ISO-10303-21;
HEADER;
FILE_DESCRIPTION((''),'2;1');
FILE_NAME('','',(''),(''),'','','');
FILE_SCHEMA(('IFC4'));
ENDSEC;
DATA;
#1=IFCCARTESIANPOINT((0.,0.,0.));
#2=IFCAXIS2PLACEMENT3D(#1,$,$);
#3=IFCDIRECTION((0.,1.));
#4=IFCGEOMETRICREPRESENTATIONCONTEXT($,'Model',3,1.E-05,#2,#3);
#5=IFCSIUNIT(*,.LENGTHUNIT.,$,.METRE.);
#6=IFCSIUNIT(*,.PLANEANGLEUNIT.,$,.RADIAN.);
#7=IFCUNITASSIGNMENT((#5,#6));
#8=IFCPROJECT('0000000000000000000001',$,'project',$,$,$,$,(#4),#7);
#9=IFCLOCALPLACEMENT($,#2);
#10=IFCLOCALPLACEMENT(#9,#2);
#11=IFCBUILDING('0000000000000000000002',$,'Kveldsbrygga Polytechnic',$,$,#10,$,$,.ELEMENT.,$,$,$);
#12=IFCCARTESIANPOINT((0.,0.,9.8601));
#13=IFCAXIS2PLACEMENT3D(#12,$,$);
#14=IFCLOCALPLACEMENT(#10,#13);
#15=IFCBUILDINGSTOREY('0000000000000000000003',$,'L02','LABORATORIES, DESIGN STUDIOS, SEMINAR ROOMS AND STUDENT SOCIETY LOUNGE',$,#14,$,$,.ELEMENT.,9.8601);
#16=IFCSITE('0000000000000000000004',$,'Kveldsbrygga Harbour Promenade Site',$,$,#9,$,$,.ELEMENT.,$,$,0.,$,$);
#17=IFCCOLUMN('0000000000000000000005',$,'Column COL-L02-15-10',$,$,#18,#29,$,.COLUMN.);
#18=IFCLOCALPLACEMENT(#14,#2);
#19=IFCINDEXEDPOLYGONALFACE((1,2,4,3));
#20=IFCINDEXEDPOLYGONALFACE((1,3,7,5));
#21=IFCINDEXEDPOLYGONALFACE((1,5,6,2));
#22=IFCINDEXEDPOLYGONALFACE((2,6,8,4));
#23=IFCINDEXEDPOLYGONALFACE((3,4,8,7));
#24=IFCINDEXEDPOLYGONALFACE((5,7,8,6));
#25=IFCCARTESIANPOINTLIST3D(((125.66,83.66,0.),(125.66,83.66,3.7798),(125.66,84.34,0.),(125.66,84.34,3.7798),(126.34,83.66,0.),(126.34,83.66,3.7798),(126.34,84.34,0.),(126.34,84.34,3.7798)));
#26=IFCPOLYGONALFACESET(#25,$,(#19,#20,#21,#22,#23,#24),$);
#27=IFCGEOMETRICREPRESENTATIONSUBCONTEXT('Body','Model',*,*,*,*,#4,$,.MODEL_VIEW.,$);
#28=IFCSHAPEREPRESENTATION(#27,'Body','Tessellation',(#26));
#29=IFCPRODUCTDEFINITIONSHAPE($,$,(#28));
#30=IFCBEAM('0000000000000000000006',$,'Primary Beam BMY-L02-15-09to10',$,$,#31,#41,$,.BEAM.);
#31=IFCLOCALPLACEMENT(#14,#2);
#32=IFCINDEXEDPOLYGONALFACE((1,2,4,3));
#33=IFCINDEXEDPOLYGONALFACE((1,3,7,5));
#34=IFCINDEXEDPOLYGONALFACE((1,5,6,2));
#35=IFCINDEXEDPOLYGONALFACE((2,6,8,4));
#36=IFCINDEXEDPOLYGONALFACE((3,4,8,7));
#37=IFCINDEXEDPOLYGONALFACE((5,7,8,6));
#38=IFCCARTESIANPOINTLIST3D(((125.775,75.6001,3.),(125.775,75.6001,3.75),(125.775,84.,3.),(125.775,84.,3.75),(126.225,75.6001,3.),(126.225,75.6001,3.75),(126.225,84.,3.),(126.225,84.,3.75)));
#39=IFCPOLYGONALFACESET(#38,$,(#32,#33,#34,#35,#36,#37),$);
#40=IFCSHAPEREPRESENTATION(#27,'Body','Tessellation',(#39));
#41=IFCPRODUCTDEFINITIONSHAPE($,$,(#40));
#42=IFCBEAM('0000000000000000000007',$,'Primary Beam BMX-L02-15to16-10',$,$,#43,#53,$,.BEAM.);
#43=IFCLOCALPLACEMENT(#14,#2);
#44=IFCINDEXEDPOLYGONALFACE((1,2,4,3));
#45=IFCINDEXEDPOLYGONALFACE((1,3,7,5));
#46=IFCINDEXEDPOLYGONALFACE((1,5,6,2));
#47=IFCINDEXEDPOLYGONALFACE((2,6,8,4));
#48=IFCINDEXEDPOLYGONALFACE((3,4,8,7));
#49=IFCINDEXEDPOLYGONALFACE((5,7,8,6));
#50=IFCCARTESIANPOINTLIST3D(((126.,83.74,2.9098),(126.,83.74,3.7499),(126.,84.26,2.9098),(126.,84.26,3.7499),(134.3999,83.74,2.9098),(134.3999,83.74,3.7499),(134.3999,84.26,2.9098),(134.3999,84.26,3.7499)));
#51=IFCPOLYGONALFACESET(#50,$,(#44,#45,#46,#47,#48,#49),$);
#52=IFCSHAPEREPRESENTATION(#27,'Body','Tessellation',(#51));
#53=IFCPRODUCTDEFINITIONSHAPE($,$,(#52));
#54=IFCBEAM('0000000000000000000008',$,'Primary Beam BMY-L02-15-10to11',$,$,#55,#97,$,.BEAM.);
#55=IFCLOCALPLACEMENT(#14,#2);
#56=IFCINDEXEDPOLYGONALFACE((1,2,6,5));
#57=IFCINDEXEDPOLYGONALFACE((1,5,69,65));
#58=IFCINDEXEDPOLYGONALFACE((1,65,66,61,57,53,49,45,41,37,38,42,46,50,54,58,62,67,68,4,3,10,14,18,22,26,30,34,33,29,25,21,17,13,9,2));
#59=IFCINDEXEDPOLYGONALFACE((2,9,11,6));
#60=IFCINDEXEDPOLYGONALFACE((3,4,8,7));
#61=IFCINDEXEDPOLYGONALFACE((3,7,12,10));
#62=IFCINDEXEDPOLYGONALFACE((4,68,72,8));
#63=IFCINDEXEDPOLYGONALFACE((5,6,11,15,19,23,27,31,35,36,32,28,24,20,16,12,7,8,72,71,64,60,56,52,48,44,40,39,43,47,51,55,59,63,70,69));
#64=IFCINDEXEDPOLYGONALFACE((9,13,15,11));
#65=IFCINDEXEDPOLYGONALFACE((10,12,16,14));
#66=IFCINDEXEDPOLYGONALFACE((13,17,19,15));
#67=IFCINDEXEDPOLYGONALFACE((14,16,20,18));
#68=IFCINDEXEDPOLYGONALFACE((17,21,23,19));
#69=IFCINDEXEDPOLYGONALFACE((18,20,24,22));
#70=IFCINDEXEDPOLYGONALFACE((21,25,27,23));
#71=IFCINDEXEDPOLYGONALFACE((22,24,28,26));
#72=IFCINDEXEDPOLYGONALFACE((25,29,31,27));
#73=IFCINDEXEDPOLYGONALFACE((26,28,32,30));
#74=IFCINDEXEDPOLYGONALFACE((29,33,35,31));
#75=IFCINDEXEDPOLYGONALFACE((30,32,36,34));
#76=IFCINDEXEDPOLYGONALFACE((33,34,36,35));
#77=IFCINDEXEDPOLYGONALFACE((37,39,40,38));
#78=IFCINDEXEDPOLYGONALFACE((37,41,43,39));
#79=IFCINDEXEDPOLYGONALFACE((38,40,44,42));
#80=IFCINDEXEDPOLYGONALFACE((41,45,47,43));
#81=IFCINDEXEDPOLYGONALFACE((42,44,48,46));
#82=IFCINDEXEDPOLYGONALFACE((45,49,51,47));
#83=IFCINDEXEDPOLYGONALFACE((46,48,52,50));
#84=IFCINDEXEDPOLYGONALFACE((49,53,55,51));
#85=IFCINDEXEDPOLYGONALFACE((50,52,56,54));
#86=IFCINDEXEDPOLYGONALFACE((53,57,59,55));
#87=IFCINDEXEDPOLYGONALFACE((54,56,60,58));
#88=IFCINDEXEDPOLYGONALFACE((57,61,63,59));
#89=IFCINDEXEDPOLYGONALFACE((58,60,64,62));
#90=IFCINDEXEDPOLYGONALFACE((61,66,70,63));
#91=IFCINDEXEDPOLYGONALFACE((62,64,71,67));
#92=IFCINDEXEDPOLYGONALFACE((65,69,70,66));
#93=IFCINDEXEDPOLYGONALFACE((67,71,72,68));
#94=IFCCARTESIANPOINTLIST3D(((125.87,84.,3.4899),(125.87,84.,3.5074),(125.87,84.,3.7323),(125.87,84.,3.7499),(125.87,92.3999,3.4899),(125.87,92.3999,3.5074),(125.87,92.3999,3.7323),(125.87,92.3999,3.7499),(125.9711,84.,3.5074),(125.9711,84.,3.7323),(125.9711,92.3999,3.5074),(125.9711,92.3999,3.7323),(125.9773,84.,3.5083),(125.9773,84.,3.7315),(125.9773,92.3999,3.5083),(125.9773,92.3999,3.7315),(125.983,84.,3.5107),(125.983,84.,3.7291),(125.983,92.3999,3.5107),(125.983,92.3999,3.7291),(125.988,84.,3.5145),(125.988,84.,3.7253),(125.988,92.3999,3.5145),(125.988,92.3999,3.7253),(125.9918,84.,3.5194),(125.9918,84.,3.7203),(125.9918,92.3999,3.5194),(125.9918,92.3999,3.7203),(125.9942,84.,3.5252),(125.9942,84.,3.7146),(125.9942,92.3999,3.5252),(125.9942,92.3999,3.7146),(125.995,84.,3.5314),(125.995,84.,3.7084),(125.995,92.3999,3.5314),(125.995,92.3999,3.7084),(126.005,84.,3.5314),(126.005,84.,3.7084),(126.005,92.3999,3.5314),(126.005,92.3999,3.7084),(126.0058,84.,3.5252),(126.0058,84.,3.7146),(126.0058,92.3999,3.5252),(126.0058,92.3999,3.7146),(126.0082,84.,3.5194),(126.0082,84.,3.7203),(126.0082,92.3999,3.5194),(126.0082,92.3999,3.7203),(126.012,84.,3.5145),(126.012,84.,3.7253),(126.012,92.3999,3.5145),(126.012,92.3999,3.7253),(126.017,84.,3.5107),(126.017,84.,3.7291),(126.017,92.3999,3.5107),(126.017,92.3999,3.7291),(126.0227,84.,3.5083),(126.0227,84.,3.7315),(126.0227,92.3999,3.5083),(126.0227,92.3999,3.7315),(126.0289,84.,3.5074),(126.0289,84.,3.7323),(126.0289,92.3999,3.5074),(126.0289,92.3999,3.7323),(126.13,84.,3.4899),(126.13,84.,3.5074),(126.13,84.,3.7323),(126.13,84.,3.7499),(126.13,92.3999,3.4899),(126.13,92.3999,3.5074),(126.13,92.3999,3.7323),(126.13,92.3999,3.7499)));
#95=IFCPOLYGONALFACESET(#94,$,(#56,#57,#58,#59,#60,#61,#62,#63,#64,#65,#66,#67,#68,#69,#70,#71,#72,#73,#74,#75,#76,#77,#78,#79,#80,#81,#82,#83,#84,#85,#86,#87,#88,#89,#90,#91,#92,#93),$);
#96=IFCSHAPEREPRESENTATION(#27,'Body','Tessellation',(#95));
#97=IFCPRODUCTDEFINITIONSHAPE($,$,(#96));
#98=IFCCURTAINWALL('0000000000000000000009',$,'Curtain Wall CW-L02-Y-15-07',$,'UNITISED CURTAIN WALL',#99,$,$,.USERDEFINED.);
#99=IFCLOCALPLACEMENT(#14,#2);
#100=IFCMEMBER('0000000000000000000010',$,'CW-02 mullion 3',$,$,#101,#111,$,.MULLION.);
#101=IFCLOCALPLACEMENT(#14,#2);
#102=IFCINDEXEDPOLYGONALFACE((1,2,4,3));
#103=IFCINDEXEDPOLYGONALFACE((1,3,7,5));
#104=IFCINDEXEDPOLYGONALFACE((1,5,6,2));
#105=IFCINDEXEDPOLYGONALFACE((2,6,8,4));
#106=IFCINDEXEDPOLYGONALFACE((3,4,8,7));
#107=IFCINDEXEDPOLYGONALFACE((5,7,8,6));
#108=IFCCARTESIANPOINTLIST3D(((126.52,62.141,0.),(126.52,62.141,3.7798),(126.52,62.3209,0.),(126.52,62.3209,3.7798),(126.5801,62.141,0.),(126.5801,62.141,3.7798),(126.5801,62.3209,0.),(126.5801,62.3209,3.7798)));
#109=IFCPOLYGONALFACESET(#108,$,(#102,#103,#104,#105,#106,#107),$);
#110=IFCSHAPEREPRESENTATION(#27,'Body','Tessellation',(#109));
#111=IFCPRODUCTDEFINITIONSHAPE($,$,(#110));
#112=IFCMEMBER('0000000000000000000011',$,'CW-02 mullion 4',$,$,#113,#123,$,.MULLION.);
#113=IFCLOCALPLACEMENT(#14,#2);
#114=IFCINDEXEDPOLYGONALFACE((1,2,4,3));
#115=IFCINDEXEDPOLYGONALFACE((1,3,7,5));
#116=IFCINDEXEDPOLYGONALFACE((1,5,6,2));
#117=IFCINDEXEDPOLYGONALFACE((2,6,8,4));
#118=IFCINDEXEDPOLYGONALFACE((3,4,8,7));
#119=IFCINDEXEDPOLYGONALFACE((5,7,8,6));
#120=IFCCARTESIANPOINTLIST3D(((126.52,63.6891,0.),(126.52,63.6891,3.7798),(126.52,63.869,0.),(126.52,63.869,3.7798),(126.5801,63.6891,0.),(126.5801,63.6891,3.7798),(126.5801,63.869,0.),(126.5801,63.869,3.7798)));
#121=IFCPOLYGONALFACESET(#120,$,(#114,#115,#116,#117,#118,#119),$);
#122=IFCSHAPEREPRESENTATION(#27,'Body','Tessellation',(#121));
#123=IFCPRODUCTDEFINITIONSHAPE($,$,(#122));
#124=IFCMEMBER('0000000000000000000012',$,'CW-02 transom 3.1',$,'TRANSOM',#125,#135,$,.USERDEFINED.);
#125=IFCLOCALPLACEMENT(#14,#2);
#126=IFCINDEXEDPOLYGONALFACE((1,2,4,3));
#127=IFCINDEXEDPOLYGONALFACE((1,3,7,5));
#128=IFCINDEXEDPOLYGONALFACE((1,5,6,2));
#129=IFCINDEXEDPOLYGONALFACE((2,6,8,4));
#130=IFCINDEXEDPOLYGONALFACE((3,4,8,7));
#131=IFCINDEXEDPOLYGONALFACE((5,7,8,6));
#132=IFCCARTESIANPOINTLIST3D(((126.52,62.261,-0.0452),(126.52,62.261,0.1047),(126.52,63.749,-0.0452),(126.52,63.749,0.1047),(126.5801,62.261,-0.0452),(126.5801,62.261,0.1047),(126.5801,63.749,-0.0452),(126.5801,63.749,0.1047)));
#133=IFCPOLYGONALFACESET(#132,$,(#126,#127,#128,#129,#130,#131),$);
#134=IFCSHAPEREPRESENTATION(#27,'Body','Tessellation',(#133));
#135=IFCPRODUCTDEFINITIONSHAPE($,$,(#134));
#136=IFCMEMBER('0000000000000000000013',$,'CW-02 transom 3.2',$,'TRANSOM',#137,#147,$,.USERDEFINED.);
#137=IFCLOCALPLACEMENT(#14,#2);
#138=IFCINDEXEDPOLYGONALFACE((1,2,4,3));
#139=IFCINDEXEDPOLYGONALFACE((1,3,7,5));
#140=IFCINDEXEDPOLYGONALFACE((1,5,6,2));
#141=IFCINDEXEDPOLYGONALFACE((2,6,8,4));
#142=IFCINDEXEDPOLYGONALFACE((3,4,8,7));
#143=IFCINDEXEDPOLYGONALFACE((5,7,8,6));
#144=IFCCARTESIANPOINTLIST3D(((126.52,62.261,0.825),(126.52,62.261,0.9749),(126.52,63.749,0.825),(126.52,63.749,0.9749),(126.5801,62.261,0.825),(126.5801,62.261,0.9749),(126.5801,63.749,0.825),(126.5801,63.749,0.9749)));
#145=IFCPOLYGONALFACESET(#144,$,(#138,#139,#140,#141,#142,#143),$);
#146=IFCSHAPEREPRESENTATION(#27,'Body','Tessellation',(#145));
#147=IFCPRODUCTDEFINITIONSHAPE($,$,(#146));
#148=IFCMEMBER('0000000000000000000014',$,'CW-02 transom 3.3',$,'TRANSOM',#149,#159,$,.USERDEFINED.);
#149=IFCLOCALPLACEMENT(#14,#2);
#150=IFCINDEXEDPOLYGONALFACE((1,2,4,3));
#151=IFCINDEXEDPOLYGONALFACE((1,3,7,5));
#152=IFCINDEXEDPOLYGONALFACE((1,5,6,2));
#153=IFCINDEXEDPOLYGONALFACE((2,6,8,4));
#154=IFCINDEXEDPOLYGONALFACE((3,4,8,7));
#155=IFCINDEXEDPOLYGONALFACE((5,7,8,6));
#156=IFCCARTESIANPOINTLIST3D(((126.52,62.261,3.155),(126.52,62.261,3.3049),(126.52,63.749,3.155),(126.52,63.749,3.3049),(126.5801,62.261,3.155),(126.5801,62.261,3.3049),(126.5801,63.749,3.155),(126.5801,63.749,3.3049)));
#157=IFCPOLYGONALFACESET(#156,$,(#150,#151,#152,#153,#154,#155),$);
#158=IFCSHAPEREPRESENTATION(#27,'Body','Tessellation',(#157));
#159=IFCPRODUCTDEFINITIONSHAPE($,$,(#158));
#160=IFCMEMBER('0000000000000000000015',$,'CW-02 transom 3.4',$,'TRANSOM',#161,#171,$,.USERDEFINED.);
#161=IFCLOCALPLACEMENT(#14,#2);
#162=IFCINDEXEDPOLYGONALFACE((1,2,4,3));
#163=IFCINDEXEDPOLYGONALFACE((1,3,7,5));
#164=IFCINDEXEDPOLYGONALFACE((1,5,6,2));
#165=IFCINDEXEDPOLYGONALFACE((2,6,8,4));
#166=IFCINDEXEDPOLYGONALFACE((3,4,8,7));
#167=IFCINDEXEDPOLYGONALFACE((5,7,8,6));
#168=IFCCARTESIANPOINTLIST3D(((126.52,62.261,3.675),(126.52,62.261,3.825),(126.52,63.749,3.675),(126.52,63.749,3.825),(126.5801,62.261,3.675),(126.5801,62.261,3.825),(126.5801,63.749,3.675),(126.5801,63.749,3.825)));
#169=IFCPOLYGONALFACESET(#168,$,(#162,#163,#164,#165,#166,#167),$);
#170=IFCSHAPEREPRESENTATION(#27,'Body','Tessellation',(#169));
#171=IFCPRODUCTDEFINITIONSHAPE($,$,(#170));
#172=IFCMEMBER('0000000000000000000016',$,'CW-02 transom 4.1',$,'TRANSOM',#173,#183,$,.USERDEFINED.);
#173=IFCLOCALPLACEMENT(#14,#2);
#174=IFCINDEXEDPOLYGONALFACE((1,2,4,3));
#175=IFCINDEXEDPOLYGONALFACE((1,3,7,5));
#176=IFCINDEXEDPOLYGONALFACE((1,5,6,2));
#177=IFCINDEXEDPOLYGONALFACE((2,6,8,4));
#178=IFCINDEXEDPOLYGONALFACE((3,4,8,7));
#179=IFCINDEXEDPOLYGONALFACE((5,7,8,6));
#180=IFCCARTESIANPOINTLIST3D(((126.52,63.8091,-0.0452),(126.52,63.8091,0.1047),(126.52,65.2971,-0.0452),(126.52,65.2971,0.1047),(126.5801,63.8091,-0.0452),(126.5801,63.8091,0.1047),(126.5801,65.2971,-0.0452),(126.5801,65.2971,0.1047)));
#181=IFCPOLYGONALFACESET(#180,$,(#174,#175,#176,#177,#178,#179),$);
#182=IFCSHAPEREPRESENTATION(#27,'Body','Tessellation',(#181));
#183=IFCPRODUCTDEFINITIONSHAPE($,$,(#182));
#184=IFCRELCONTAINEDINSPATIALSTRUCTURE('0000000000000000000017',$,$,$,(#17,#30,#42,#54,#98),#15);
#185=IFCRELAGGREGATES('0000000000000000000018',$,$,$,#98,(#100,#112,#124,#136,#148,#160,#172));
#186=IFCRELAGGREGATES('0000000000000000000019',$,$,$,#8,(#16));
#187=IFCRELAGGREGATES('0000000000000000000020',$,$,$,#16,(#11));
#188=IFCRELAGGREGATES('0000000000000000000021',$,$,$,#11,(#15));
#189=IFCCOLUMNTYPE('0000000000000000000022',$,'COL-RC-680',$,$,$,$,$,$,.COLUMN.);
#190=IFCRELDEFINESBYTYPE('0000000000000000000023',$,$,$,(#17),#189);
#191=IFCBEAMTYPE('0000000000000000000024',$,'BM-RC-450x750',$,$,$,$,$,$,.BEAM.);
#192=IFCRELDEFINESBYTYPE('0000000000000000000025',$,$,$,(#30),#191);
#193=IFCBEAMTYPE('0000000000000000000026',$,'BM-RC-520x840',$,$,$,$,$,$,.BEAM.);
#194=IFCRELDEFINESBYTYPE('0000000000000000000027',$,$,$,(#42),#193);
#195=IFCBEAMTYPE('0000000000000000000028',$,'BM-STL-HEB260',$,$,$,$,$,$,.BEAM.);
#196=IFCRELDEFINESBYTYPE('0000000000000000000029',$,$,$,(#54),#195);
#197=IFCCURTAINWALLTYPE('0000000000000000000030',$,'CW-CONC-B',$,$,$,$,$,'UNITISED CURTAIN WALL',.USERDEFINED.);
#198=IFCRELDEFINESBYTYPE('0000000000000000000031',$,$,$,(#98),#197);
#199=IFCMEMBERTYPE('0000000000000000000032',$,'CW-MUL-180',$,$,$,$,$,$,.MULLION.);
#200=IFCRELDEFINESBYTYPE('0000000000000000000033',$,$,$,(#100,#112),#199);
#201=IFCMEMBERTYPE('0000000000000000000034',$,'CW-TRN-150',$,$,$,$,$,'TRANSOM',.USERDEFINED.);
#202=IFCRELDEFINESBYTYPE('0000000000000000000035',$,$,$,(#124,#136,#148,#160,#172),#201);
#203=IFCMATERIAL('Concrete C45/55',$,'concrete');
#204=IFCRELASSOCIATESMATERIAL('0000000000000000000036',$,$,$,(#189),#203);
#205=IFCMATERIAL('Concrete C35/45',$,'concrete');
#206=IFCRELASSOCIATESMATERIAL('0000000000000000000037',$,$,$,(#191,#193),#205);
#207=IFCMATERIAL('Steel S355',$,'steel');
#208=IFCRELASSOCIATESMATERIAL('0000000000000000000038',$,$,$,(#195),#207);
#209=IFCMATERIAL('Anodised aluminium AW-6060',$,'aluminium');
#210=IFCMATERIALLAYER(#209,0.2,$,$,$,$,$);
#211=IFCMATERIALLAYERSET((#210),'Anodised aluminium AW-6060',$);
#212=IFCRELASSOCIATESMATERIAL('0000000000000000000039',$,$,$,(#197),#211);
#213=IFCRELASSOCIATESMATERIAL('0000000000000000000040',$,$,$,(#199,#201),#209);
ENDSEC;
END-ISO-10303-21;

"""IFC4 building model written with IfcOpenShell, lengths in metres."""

from ifc_helpers import new_model, si_unit, direction, frame, origin, origin_2d, place, context, subcontext, project, spatial, rectangle, i_section, extrude, material, layer, layer_set, material_profile, profile_set, type_object, element, aggregate, save


model = new_model("IFC4")

# Units and contexts
model_context = context("Model", 3, precision=1e-05, world=origin(), true_north=direction((0.0, 1.0)))
body_context = subcontext(model_context, "Body", "Model", "MODEL_VIEW")
ifc_project = project(units=[si_unit("LENGTHUNIT", "METRE"), si_unit("PLANEANGLEUNIT", "RADIAN")], contexts=[model_context])

# Site, building, storey
site_placement = place(None, origin())
site = spatial("IfcSite", under=ifc_project, at=site_placement, Name="Kveldsbrygga Harbour Promenade Site", CompositionType="ELEMENT", RefElevation=0.0)
building_placement = place(site_placement, origin())
building = spatial("IfcBuilding", under=site, at=building_placement, Name="Kveldsbrygga Polytechnic", CompositionType="ELEMENT")
storey_placement = place(building_placement, frame((0.0, 0.0, 9.8601)))
storey = spatial("IfcBuildingStorey", under=building, at=storey_placement, Name="L02", Description="LABORATORIES, DESIGN STUDIOS, SEMINAR ROOMS AND STUDENT SOCIETY LOUNGE", CompositionType="ELEMENT", Elevation=9.8601)

# Column
ifc_material_1 = material(Name="Concrete C45/55", Category="concrete")
ifc_material_profile_1 = material_profile(ifc_material_1, rectangle(XDim=0.6799, YDim=0.6799, at=origin_2d()), Name="RC 680x680")
ifc_profile_set_1 = profile_set([ifc_material_profile_1], Name="Concrete C45/55")
column_type = type_object("IfcColumnType", Name="COL-RC-680", PredefinedType="COLUMN", material=ifc_profile_set_1)
column_placement = place(storey_placement, frame((126.0, 84.0, 0.0), z_axis=(0.0, 0.0, 1.0), x_axis=(1.0, 0.0, 0.0)))
element("IfcColumn", 1, at=column_placement, inside=storey, type_object=column_type, Name="Column COL-L02-15-10", PredefinedType="COLUMN", context=body_context, shape_type="SweptSolid", body=[
    extrude(rectangle(XDim=0.6799, YDim=0.6799, at=origin_2d()), origin(), (0.0, 0.0, 1.0), 3.7798),
])

# Beams
ifc_material_2 = material(Name="Concrete C35/45", Category="concrete")
ifc_material_profile_2 = material_profile(ifc_material_2, rectangle(XDim=0.45, YDim=0.75, at=origin_2d()), Name="RC 450x750")
ifc_profile_set_2 = profile_set([ifc_material_profile_2], Name="Concrete C35/45")
beam_type_1 = type_object("IfcBeamType", Name="BM-RC-450x750", PredefinedType="BEAM", material=ifc_profile_set_2)
beam_1_placement = place(storey_placement, frame((126.0, 75.6001, 3.375), z_axis=(0.0, 1.0, 0.0), x_axis=(-1.0, 0.0, 0.0)))
element("IfcBeam", 2, at=beam_1_placement, inside=storey, type_object=beam_type_1, Name="Primary Beam BMY-L02-15-09to10", PredefinedType="BEAM", context=body_context, shape_type="SweptSolid", body=[
    extrude(rectangle(XDim=0.45, YDim=0.75, at=origin_2d()), origin(), (0.0, 0.0, 1.0), 8.3999),
])
ifc_material_profile_3 = material_profile(ifc_material_2, rectangle(XDim=0.52, YDim=0.8401, at=origin_2d()), Name="RC 520x840")
ifc_profile_set_3 = profile_set([ifc_material_profile_3], Name="Concrete C35/45")
beam_type_2 = type_object("IfcBeamType", Name="BM-RC-520x840", PredefinedType="BEAM", material=ifc_profile_set_3)
beam_2_placement = place(storey_placement, frame((126.0, 84.0, 3.3298), z_axis=(1.0, 0.0, 0.0), x_axis=(0.0, 1.0, 0.0)))
element("IfcBeam", 3, at=beam_2_placement, inside=storey, type_object=beam_type_2, Name="Primary Beam BMX-L02-15to16-10", PredefinedType="BEAM", context=body_context, shape_type="SweptSolid", body=[
    extrude(rectangle(XDim=0.52, YDim=0.8401, at=origin_2d()), origin(), (0.0, 0.0, 1.0), 8.3999),
])
ifc_material_3 = material(Name="Steel S355", Category="steel")
ifc_material_profile_4 = material_profile(ifc_material_3, i_section(OverallWidth=0.26, OverallDepth=0.26, WebThickness=0.01, FlangeThickness=0.0176, FilletRadius=0.0239, at=origin_2d()), Name="HEB 260")
ifc_profile_set_4 = profile_set([ifc_material_profile_4], Name="Steel S355")
beam_type_3 = type_object("IfcBeamType", Name="BM-STL-HEB260", PredefinedType="BEAM", material=ifc_profile_set_4)
beam_3_placement = place(storey_placement, frame((126.0, 84.0, 3.6199), z_axis=(0.0, 1.0, 0.0), x_axis=(-1.0, 0.0, 0.0)))
element("IfcBeam", 4, at=beam_3_placement, inside=storey, type_object=beam_type_3, Name="Primary Beam BMY-L02-15-10to11", PredefinedType="BEAM", context=body_context, shape_type="SweptSolid", body=[
    extrude(i_section(OverallWidth=0.26, OverallDepth=0.26, WebThickness=0.01, FlangeThickness=0.0176, FilletRadius=0.0239, at=origin_2d()), origin(), (0.0, 0.0, 1.0), 8.3999),
])

# Curtain wall, members
ifc_material_4 = material(Name="Anodised aluminium AW-6060", Category="aluminium")
ifc_layer_1 = layer(ifc_material_4, 0.2)
ifc_layer_set_1 = layer_set([ifc_layer_1], Name="Anodised aluminium AW-6060")
curtain_wall_type = type_object("IfcCurtainWallType", Name="CW-CONC-B", ElementType="UNITISED CURTAIN WALL", PredefinedType="USERDEFINED", material=ifc_layer_set_1)
curtain_wall_placement = place(storey_placement, origin())
curtain_wall = element("IfcCurtainWall", 5, at=curtain_wall_placement, inside=storey, type_object=curtain_wall_type, Name="Curtain Wall CW-L02-Y-15-07", ObjectType="UNITISED CURTAIN WALL", PredefinedType="USERDEFINED")
ifc_material_profile_5 = material_profile(ifc_material_4, rectangle(XDim=0.0601, YDim=0.1799, at=origin_2d()), Name="ALU 60x180")
ifc_profile_set_5 = profile_set([ifc_material_profile_5], Name="Anodised aluminium AW-6060")
member_type_1 = type_object("IfcMemberType", Name="CW-MUL-180", PredefinedType="MULLION", material=ifc_profile_set_5)
member_1_placement = place(storey_placement, frame((126.55, 62.231, 0.0), z_axis=(0.0, 0.0, 1.0), x_axis=(-1.0, 0.0, 0.0)))
member_1 = element("IfcMember", 6, at=member_1_placement, type_object=member_type_1, Name="CW-02 mullion 3", PredefinedType="MULLION", context=body_context, shape_type="SweptSolid", body=[
    extrude(rectangle(XDim=0.0601, YDim=0.1799, at=origin_2d()), origin(), (0.0, 0.0, 1.0), 3.7798),
])
member_2_placement = place(storey_placement, frame((126.55, 63.7791, 0.0), z_axis=(0.0, 0.0, 1.0), x_axis=(-1.0, 0.0, 0.0)))
member_2 = element("IfcMember", 7, at=member_2_placement, type_object=member_type_1, Name="CW-02 mullion 4", PredefinedType="MULLION", context=body_context, shape_type="SweptSolid", body=[
    extrude(rectangle(XDim=0.0601, YDim=0.1799, at=origin_2d()), origin(), (0.0, 0.0, 1.0), 3.7798),
])
ifc_material_profile_6 = material_profile(ifc_material_4, rectangle(XDim=0.0601, YDim=0.1499, at=origin_2d()), Name="ALU 60x150")
ifc_profile_set_6 = profile_set([ifc_material_profile_6], Name="Anodised aluminium AW-6060")
member_type_2 = type_object("IfcMemberType", Name="CW-TRN-150", ElementType="TRANSOM", PredefinedType="USERDEFINED", material=ifc_profile_set_6)
member_3_placement = place(storey_placement, frame((126.55, 62.261, 0.0298), z_axis=(0.0, 1.0, 0.0), x_axis=(-1.0, 0.0, 0.0)))
member_3 = element("IfcMember", 8, at=member_3_placement, type_object=member_type_2, Name="CW-02 transom 3.1", ObjectType="TRANSOM", PredefinedType="USERDEFINED", context=body_context, shape_type="SweptSolid", body=[
    extrude(rectangle(XDim=0.0601, YDim=0.1499, at=origin_2d()), origin(), (0.0, 0.0, 1.0), 1.488),
])
member_4_placement = place(storey_placement, frame((126.55, 62.261, 0.8999), z_axis=(0.0, 1.0, 0.0), x_axis=(-1.0, 0.0, 0.0)))
member_4 = element("IfcMember", 9, at=member_4_placement, type_object=member_type_2, Name="CW-02 transom 3.2", ObjectType="TRANSOM", PredefinedType="USERDEFINED", context=body_context, shape_type="SweptSolid", body=[
    extrude(rectangle(XDim=0.0601, YDim=0.1499, at=origin_2d()), origin(), (0.0, 0.0, 1.0), 1.488),
])
member_5_placement = place(storey_placement, frame((126.55, 62.261, 3.23), z_axis=(0.0, 1.0, 0.0), x_axis=(-1.0, 0.0, 0.0)))
member_5 = element("IfcMember", 10, at=member_5_placement, type_object=member_type_2, Name="CW-02 transom 3.3", ObjectType="TRANSOM", PredefinedType="USERDEFINED", context=body_context, shape_type="SweptSolid", body=[
    extrude(rectangle(XDim=0.0601, YDim=0.1499, at=origin_2d()), origin(), (0.0, 0.0, 1.0), 1.488),
])
member_6_placement = place(storey_placement, frame((126.55, 62.261, 3.75), z_axis=(0.0, 1.0, 0.0), x_axis=(-1.0, 0.0, 0.0)))
member_6 = element("IfcMember", 11, at=member_6_placement, type_object=member_type_2, Name="CW-02 transom 3.4", ObjectType="TRANSOM", PredefinedType="USERDEFINED", context=body_context, shape_type="SweptSolid", body=[
    extrude(rectangle(XDim=0.0601, YDim=0.1499, at=origin_2d()), origin(), (0.0, 0.0, 1.0), 1.488),
])
member_7_placement = place(storey_placement, frame((126.55, 63.8091, 0.0298), z_axis=(0.0, 1.0, 0.0), x_axis=(-1.0, 0.0, 0.0)))
member_7 = element("IfcMember", 12, at=member_7_placement, type_object=member_type_2, Name="CW-02 transom 4.1", ObjectType="TRANSOM", PredefinedType="USERDEFINED", context=body_context, shape_type="SweptSolid", body=[
    extrude(rectangle(XDim=0.0601, YDim=0.1499, at=origin_2d()), origin(), (0.0, 0.0, 1.0), 1.488),
])

aggregate(curtain_wall, [member_1, member_2, member_3, member_4, member_5, member_6, member_7])

save(model, "model.ifc")
